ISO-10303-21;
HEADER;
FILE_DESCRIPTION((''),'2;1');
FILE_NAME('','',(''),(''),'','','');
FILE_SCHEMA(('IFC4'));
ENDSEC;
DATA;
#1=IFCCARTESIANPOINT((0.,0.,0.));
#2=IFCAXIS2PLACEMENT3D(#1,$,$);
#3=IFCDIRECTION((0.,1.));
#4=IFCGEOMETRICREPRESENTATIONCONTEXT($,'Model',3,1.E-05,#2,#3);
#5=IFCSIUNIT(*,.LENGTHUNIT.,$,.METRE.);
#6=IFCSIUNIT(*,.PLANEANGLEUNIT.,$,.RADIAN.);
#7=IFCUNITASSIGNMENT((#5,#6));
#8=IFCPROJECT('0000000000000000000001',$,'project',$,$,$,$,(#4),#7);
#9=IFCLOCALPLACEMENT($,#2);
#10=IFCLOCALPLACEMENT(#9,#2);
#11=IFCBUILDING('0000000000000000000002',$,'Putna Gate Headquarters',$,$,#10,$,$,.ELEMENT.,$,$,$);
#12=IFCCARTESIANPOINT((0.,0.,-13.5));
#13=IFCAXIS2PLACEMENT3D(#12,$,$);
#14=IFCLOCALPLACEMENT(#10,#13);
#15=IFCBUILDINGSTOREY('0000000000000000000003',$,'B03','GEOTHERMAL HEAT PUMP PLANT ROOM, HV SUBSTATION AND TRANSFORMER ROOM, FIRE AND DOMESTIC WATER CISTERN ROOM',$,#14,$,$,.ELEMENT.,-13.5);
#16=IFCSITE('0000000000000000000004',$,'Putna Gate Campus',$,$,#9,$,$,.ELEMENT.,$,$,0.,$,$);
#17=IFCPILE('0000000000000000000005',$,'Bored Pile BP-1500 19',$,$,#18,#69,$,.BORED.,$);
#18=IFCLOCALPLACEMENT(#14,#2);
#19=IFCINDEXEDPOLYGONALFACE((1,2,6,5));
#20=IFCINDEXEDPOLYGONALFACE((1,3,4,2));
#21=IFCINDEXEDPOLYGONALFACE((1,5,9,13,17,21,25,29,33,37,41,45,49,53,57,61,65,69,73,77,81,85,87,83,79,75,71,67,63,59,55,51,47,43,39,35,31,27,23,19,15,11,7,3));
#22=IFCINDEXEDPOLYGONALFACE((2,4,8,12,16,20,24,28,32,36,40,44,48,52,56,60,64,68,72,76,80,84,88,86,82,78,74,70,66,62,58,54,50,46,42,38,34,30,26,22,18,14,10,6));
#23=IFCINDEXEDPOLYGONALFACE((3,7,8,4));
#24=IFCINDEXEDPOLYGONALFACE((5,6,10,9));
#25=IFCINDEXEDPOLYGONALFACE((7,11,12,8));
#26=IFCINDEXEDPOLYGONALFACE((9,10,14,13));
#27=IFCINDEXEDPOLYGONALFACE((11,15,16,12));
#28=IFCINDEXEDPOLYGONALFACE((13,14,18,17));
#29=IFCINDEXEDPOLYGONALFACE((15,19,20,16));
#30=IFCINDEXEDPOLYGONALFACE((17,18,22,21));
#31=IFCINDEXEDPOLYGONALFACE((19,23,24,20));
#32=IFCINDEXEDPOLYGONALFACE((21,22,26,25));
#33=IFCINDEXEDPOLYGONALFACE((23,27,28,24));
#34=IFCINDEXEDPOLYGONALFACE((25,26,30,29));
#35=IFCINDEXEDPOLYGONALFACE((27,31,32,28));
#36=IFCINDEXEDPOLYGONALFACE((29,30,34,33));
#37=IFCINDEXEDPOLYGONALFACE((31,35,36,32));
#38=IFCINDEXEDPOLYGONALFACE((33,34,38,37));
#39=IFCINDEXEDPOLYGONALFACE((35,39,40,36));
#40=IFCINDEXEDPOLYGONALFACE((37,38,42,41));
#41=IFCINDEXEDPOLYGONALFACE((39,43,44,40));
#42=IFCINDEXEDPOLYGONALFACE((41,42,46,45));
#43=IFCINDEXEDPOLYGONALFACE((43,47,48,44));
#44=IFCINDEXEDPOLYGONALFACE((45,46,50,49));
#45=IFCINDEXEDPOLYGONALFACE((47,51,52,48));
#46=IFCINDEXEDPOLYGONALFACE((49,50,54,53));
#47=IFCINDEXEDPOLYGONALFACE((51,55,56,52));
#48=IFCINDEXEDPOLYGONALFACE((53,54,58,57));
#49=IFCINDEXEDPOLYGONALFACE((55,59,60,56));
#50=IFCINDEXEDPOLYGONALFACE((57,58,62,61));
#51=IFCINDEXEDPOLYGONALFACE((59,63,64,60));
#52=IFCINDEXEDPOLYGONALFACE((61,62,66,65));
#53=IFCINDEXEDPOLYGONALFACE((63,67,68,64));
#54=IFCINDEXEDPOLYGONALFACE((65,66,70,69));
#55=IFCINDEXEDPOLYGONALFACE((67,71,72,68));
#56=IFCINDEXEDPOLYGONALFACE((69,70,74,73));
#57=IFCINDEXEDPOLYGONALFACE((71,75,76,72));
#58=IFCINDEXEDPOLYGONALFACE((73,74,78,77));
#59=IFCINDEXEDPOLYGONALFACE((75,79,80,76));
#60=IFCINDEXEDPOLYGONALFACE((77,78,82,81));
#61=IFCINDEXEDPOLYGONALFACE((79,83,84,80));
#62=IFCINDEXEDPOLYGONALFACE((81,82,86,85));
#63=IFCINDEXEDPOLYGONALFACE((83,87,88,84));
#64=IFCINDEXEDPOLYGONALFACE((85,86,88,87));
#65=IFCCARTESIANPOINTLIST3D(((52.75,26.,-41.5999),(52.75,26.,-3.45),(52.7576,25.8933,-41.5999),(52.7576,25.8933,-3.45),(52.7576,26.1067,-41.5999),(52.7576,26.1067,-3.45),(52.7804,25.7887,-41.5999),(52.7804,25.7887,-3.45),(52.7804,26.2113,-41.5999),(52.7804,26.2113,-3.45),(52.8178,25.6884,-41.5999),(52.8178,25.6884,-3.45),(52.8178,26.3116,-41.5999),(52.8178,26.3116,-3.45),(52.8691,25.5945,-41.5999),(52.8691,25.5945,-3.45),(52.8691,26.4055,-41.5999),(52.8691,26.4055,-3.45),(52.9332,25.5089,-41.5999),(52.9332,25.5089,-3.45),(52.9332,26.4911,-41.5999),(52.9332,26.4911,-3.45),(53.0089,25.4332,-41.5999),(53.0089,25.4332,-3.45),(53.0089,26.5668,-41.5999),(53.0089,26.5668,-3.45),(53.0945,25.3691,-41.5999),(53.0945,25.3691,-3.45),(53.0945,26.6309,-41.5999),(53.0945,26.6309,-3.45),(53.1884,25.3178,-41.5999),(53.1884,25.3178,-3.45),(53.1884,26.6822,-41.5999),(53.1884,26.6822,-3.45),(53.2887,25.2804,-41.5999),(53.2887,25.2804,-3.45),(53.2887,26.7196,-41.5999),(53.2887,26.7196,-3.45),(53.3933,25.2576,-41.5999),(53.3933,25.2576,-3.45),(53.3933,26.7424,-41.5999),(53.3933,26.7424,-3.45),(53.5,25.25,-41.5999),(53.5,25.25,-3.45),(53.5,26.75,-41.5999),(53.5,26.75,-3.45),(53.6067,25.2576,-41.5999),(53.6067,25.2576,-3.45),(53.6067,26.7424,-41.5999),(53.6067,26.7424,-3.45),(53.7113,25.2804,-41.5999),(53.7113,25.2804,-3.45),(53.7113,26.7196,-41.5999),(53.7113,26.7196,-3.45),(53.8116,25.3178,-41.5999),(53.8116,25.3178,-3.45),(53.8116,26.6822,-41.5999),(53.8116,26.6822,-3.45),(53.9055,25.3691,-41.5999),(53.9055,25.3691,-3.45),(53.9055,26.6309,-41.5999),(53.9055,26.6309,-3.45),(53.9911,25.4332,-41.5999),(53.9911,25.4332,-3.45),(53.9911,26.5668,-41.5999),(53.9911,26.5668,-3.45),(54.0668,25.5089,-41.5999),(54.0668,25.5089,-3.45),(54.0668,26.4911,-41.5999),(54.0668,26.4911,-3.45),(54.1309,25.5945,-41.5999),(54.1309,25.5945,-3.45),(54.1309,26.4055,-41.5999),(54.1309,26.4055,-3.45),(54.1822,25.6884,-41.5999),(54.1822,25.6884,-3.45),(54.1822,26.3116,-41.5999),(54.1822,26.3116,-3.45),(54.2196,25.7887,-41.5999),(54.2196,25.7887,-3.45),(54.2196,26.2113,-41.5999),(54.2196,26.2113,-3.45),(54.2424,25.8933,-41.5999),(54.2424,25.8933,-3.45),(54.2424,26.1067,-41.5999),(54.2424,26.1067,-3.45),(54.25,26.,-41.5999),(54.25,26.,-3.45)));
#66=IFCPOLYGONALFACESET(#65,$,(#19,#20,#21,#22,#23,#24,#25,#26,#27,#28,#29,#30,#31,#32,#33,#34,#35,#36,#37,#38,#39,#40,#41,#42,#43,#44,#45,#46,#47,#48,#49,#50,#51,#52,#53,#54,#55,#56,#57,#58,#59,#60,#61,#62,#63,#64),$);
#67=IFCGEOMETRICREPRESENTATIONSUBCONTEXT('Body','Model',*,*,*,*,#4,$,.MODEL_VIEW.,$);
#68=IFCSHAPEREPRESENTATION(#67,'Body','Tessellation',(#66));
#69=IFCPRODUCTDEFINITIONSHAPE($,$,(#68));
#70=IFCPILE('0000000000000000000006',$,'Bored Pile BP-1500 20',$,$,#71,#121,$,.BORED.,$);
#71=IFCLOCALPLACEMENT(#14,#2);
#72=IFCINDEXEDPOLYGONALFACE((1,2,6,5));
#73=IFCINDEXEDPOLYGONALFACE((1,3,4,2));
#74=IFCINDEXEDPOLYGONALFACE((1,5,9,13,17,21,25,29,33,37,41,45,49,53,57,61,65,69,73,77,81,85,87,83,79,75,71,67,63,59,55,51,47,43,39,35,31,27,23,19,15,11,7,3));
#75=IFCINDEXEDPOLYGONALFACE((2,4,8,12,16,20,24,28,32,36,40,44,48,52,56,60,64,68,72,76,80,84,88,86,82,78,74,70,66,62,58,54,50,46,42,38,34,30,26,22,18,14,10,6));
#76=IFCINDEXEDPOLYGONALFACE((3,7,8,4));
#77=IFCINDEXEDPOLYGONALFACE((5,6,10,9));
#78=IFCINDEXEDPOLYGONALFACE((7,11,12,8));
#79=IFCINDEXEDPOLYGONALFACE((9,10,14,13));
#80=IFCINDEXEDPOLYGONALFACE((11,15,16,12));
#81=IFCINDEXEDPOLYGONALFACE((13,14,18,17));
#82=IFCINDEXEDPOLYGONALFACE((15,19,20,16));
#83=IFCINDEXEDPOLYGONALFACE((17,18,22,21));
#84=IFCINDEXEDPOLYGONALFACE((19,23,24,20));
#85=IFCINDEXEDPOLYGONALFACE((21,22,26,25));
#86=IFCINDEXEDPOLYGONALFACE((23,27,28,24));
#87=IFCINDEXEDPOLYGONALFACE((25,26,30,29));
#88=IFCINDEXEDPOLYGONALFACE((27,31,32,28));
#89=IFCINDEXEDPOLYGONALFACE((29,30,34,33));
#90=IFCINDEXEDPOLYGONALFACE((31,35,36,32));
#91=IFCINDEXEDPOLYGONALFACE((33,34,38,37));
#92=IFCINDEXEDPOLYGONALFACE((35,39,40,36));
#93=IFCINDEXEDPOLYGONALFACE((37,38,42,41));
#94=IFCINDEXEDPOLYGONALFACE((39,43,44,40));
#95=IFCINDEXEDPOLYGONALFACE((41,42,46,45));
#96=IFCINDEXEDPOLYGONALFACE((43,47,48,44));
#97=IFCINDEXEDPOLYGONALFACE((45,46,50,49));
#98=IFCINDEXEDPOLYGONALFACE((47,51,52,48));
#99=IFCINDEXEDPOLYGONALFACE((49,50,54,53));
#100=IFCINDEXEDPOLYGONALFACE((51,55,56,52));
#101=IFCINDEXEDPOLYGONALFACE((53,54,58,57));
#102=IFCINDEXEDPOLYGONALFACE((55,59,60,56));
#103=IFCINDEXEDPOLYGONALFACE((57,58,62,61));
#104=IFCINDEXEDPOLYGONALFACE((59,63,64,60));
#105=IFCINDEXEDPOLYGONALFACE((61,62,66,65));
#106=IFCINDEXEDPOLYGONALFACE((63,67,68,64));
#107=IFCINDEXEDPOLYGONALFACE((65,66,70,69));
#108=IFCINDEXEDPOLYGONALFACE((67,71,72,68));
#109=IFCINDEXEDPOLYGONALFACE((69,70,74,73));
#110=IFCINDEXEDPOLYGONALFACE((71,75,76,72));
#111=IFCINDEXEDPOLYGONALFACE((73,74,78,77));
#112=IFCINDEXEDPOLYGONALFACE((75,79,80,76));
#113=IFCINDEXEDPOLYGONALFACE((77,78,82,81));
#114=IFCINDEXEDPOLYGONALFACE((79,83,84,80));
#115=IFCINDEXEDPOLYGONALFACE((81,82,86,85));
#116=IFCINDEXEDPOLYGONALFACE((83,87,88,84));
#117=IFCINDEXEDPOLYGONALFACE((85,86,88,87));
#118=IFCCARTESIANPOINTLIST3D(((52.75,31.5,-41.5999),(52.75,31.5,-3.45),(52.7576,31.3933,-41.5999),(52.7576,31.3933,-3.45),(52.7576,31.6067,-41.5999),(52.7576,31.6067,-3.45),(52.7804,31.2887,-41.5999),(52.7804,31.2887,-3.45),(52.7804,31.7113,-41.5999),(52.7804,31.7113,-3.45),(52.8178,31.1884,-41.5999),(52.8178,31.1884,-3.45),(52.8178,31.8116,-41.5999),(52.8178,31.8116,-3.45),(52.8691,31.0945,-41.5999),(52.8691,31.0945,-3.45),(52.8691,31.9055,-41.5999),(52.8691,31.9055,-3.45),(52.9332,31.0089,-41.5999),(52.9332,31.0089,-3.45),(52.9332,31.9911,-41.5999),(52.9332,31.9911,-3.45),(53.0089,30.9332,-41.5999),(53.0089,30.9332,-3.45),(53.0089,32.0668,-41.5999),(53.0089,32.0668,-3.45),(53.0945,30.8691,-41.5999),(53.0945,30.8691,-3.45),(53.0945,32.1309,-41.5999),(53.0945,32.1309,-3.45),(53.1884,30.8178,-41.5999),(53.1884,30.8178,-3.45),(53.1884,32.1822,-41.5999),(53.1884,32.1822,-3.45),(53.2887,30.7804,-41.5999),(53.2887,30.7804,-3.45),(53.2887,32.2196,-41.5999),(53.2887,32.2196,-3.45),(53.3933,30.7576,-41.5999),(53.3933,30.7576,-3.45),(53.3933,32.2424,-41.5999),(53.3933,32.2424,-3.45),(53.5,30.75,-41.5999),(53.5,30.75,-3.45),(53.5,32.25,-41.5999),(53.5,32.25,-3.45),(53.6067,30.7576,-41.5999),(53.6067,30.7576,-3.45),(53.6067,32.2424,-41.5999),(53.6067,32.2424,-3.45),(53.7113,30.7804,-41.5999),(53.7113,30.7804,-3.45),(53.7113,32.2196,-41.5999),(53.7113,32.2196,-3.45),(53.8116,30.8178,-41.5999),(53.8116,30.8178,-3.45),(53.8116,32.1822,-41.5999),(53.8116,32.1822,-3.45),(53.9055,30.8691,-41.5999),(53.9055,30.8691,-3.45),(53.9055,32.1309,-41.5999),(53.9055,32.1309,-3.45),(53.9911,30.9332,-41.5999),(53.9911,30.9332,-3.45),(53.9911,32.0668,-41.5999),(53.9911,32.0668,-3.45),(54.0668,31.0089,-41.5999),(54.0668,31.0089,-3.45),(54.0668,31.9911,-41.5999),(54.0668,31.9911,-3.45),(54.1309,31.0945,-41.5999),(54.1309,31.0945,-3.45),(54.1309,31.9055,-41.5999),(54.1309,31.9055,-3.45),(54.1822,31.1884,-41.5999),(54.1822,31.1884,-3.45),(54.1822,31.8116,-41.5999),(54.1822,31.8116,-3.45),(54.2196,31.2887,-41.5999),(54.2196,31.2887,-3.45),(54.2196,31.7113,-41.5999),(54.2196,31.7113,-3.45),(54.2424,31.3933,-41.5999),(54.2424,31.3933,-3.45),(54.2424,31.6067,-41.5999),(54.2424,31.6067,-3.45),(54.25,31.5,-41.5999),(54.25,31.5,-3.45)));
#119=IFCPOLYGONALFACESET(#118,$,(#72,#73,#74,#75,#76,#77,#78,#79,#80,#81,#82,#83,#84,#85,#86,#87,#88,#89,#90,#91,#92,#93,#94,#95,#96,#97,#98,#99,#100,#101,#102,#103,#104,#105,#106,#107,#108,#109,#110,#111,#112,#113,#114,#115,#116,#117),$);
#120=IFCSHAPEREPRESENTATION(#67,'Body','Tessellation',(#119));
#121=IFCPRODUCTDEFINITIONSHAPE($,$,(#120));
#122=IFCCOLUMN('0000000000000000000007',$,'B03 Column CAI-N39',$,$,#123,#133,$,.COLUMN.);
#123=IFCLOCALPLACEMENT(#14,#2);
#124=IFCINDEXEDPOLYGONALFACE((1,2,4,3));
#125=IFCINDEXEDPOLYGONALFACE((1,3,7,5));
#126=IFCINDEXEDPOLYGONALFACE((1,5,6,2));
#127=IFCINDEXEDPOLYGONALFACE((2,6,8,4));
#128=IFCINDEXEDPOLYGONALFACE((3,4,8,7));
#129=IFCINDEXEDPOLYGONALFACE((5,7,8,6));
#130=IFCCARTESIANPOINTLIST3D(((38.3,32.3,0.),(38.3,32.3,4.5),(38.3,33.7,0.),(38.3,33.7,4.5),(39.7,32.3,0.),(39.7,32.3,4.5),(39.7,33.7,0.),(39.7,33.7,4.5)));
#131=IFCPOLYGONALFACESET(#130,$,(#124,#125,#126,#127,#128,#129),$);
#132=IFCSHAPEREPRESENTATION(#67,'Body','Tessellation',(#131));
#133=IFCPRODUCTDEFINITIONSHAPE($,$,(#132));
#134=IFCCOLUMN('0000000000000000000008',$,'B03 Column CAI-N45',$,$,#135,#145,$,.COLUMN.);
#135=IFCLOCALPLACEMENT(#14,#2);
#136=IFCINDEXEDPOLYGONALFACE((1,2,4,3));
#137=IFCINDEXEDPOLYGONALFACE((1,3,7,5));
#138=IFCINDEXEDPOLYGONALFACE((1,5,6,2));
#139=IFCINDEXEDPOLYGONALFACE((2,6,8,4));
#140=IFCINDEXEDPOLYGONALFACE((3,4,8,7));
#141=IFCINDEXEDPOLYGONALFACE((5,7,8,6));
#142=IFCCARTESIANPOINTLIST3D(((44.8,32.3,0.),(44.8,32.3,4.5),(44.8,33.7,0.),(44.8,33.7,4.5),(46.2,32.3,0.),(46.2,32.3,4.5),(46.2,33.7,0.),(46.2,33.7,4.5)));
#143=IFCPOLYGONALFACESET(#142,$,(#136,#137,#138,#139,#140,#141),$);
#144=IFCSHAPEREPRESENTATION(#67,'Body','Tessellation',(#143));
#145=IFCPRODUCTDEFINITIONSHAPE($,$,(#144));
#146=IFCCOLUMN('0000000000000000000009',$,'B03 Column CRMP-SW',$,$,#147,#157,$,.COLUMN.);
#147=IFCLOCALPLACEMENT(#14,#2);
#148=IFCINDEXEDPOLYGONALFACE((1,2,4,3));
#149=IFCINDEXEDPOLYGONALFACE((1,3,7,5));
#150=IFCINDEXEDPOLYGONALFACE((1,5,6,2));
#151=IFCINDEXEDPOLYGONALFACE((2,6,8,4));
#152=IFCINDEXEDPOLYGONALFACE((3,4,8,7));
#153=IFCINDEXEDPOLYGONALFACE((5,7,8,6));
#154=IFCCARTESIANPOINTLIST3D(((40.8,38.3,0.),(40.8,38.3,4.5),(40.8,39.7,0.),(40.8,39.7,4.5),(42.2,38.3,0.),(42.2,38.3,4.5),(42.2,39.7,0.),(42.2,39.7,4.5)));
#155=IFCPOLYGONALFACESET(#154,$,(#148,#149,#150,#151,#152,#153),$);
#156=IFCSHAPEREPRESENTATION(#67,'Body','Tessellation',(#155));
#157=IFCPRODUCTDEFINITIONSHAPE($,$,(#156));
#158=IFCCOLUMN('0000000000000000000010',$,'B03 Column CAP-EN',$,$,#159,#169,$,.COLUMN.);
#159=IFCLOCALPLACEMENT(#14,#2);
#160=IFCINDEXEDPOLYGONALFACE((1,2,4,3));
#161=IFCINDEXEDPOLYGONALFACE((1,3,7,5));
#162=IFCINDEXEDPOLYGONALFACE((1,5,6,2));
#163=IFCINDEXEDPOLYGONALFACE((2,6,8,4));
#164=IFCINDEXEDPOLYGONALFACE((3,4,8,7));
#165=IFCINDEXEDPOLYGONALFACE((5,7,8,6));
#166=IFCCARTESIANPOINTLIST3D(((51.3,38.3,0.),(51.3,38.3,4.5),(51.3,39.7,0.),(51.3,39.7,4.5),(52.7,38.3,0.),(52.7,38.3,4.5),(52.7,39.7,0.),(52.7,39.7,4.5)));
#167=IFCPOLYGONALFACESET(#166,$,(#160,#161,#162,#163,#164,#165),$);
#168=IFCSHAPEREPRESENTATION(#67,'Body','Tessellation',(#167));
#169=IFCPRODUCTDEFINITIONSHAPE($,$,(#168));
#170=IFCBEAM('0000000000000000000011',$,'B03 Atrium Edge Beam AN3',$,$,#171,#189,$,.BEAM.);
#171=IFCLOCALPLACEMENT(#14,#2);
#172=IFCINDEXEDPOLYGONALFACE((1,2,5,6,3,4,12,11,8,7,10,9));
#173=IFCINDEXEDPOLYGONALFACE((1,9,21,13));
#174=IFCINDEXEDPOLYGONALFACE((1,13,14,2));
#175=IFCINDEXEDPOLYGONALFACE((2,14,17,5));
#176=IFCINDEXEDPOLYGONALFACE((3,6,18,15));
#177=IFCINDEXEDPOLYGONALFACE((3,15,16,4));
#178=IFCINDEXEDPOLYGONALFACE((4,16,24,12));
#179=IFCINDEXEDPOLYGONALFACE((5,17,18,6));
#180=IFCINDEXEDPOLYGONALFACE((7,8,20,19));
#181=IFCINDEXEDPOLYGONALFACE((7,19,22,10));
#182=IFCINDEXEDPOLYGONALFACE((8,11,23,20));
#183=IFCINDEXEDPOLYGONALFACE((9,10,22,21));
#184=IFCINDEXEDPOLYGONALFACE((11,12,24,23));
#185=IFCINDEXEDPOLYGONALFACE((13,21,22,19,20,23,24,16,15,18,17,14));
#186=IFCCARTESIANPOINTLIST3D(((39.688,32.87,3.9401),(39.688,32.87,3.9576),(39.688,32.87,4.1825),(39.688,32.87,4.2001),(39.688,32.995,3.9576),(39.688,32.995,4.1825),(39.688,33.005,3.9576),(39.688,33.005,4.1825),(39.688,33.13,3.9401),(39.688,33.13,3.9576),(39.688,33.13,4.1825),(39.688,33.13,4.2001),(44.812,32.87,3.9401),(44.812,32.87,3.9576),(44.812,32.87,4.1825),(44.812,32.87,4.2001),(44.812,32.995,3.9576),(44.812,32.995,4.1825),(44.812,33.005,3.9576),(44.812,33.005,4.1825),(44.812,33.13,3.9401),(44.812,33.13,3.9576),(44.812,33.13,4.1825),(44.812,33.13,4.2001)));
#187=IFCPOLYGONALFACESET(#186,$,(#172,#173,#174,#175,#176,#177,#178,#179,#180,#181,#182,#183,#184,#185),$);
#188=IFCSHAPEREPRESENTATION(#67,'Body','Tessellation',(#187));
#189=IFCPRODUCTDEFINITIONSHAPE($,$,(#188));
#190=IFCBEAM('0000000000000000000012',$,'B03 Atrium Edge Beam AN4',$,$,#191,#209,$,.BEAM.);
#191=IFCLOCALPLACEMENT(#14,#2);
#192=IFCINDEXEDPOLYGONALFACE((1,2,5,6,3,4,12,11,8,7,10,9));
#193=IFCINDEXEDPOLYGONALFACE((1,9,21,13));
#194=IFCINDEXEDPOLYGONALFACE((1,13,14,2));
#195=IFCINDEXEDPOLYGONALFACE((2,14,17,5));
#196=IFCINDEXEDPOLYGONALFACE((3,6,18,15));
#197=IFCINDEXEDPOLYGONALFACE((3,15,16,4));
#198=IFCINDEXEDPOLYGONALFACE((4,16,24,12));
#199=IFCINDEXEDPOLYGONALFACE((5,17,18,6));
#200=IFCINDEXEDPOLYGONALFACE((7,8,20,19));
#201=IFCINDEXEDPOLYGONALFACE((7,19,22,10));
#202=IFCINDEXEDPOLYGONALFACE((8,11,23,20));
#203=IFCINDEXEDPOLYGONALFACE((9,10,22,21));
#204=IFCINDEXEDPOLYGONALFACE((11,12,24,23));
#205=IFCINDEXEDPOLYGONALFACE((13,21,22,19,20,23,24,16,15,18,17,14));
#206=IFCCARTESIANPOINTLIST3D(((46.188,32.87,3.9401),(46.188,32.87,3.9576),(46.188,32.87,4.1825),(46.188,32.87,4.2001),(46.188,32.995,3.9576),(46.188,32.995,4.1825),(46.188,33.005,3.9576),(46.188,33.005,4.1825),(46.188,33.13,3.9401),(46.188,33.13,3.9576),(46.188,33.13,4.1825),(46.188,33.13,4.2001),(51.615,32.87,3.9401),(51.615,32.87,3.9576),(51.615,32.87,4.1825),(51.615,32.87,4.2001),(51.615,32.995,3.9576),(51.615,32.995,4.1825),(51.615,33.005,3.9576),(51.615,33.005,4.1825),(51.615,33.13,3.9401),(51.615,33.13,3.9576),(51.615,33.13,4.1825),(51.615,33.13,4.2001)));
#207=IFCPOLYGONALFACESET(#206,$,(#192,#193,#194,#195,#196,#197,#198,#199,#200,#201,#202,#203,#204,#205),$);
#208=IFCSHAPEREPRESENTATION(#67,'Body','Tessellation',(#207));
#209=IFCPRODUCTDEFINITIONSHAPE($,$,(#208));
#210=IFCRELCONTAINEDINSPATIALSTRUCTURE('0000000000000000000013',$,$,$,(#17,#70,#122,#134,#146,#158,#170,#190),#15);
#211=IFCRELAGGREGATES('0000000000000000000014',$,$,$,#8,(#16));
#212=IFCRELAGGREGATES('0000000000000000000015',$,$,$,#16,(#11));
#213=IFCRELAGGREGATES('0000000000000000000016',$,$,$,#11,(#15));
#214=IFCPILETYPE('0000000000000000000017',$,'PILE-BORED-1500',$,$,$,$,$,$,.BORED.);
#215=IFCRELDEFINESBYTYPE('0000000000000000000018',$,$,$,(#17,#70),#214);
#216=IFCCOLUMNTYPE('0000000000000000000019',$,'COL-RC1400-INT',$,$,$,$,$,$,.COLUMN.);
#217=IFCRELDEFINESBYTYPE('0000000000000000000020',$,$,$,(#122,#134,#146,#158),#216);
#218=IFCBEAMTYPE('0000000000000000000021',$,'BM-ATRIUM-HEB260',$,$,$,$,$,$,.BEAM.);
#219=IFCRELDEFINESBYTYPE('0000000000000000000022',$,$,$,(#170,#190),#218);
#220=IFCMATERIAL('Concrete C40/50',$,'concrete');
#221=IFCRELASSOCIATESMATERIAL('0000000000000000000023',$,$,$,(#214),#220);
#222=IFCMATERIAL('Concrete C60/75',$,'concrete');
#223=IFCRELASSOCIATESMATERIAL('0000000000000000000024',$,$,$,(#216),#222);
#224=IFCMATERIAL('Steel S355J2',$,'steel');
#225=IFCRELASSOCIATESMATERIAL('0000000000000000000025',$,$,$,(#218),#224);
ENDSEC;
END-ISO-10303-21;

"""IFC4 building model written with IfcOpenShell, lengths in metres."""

from ifc_helpers import new_model, si_unit, direction, frame, origin, origin_2d, place, context, subcontext, project, spatial, rectangle, circle, i_section, extrude, material, material_profile, profile_set, type_object, element, save


model = new_model("IFC4")

# Units and contexts
model_context = context("Model", 3, precision=1e-05, world=origin(), true_north=direction((0.0, 1.0)))
body_context = subcontext(model_context, "Body", "Model", "MODEL_VIEW")
ifc_project = project(units=[si_unit("LENGTHUNIT", "METRE"), si_unit("PLANEANGLEUNIT", "RADIAN")], contexts=[model_context])

# Site, building, storey
site_placement = place(None, origin())
site = spatial("IfcSite", under=ifc_project, at=site_placement, Name="Putna Gate Campus", CompositionType="ELEMENT", RefElevation=0.0)
building_placement = place(site_placement, origin())
building = spatial("IfcBuilding", under=site, at=building_placement, Name="Putna Gate Headquarters", CompositionType="ELEMENT")
storey_placement = place(building_placement, frame((0.0, 0.0, -13.5)))
storey = spatial("IfcBuildingStorey", under=building, at=storey_placement, Name="B03", Description="GEOTHERMAL HEAT PUMP PLANT ROOM, HV SUBSTATION AND TRANSFORMER ROOM, FIRE AND DOMESTIC WATER CISTERN ROOM", CompositionType="ELEMENT", Elevation=-13.5)

# Piles
ifc_material_1 = material(Name="Concrete C40/50", Category="concrete")
ifc_material_profile_1 = material_profile(ifc_material_1, circle(Radius=0.75, at=origin_2d()), Name="Concrete C40/50")
ifc_profile_set_1 = profile_set([ifc_material_profile_1], Name="Concrete C40/50")
pile_type_1 = type_object("IfcPileType", Name="PILE-BORED-1500", PredefinedType="BORED", material=ifc_profile_set_1)
for number, where, z_axis, x_axis, name in (
    (1, (53.5, 26.0, -3.45), (0.0, 0.0, -1.0), (1.0, 0.0, 0.0), "Bored Pile BP-1500 19"),
    (2, (53.5, 31.5, -3.45), (0.0, 0.0, -1.0), (1.0, 0.0, 0.0), "Bored Pile BP-1500 20"),
):
    element("IfcPile", number, at=place(storey_placement, frame(where, z_axis=z_axis, x_axis=x_axis)), inside=storey, type_object=pile_type_1, Name=name, PredefinedType="BORED", context=body_context, shape_type="SweptSolid", body=[
        extrude(circle(Radius=0.75, at=origin_2d()), origin(), (0.0, 0.0, 1.0), 38.1499),
    ])

# Columns
ifc_material_2 = material(Name="Concrete C60/75", Category="concrete")
ifc_material_profile_2 = material_profile(ifc_material_2, rectangle(XDim=1.3999, YDim=1.3999, at=origin_2d()), Name="Concrete C60/75")
ifc_profile_set_2 = profile_set([ifc_material_profile_2], Name="Concrete C60/75")
column_type = type_object("IfcColumnType", Name="COL-RC1400-INT", PredefinedType="COLUMN", material=ifc_profile_set_2)
for number, where, z_axis, x_axis, name in (
    (3, (39.0, 33.0, 0.0), (0.0, 0.0, 1.0), (1.0, 0.0, 0.0), "B03 Column CAI-N39"),
    (4, (45.5, 33.0, 0.0), (0.0, 0.0, 1.0), (1.0, 0.0, 0.0), "B03 Column CAI-N45"),
    (5, (41.5, 39.0, 0.0), (0.0, 0.0, 1.0), (1.0, 0.0, 0.0), "B03 Column CRMP-SW"),
    (6, (52.0, 39.0, 0.0), (0.0, 0.0, 1.0), (1.0, 0.0, 0.0), "B03 Column CAP-EN"),
):
    element("IfcColumn", number, at=place(storey_placement, frame(where, z_axis=z_axis, x_axis=x_axis)), inside=storey, type_object=column_type, Name=name, PredefinedType="COLUMN", context=body_context, shape_type="SweptSolid", body=[
        extrude(rectangle(XDim=1.3999, YDim=1.3999, at=origin_2d()), origin(), (0.0, 0.0, 1.0), 4.5),
    ])

# Beams
ifc_material_3 = material(Name="Steel S355J2", Category="steel")
ifc_material_profile_3 = material_profile(ifc_material_3, i_section(OverallWidth=0.26, OverallDepth=0.26, WebThickness=0.01, FlangeThickness=0.0176, at=origin_2d()), Name="Steel S355J2")
ifc_profile_set_3 = profile_set([ifc_material_profile_3], Name="Steel S355J2")
beam_type_1 = type_object("IfcBeamType", Name="BM-ATRIUM-HEB260", PredefinedType="BEAM", material=ifc_profile_set_3)
beam_1_placement = place(storey_placement, frame((39.688, 33.0, 4.0701), z_axis=(1.0, 0.0, 0.0), x_axis=(0.0, 1.0, 0.0)))
element("IfcBeam", 7, at=beam_1_placement, inside=storey, type_object=beam_type_1, Name="B03 Atrium Edge Beam AN3", PredefinedType="BEAM", context=body_context, shape_type="SweptSolid", body=[
    extrude(i_section(OverallWidth=0.26, OverallDepth=0.26, WebThickness=0.01, FlangeThickness=0.0176, at=origin_2d()), origin(), (0.0, 0.0, 1.0), 5.124),
])
beam_2_placement = place(storey_placement, frame((46.188, 33.0, 4.0701), z_axis=(1.0, 0.0, 0.0), x_axis=(0.0, 1.0, 0.0)))
element("IfcBeam", 8, at=beam_2_placement, inside=storey, type_object=beam_type_1, Name="B03 Atrium Edge Beam AN4", PredefinedType="BEAM", context=body_context, shape_type="SweptSolid", body=[
    extrude(i_section(OverallWidth=0.26, OverallDepth=0.26, WebThickness=0.01, FlangeThickness=0.0176, at=origin_2d()), origin(), (0.0, 0.0, 1.0), 5.427),
])

save(model, "model.ifc")
